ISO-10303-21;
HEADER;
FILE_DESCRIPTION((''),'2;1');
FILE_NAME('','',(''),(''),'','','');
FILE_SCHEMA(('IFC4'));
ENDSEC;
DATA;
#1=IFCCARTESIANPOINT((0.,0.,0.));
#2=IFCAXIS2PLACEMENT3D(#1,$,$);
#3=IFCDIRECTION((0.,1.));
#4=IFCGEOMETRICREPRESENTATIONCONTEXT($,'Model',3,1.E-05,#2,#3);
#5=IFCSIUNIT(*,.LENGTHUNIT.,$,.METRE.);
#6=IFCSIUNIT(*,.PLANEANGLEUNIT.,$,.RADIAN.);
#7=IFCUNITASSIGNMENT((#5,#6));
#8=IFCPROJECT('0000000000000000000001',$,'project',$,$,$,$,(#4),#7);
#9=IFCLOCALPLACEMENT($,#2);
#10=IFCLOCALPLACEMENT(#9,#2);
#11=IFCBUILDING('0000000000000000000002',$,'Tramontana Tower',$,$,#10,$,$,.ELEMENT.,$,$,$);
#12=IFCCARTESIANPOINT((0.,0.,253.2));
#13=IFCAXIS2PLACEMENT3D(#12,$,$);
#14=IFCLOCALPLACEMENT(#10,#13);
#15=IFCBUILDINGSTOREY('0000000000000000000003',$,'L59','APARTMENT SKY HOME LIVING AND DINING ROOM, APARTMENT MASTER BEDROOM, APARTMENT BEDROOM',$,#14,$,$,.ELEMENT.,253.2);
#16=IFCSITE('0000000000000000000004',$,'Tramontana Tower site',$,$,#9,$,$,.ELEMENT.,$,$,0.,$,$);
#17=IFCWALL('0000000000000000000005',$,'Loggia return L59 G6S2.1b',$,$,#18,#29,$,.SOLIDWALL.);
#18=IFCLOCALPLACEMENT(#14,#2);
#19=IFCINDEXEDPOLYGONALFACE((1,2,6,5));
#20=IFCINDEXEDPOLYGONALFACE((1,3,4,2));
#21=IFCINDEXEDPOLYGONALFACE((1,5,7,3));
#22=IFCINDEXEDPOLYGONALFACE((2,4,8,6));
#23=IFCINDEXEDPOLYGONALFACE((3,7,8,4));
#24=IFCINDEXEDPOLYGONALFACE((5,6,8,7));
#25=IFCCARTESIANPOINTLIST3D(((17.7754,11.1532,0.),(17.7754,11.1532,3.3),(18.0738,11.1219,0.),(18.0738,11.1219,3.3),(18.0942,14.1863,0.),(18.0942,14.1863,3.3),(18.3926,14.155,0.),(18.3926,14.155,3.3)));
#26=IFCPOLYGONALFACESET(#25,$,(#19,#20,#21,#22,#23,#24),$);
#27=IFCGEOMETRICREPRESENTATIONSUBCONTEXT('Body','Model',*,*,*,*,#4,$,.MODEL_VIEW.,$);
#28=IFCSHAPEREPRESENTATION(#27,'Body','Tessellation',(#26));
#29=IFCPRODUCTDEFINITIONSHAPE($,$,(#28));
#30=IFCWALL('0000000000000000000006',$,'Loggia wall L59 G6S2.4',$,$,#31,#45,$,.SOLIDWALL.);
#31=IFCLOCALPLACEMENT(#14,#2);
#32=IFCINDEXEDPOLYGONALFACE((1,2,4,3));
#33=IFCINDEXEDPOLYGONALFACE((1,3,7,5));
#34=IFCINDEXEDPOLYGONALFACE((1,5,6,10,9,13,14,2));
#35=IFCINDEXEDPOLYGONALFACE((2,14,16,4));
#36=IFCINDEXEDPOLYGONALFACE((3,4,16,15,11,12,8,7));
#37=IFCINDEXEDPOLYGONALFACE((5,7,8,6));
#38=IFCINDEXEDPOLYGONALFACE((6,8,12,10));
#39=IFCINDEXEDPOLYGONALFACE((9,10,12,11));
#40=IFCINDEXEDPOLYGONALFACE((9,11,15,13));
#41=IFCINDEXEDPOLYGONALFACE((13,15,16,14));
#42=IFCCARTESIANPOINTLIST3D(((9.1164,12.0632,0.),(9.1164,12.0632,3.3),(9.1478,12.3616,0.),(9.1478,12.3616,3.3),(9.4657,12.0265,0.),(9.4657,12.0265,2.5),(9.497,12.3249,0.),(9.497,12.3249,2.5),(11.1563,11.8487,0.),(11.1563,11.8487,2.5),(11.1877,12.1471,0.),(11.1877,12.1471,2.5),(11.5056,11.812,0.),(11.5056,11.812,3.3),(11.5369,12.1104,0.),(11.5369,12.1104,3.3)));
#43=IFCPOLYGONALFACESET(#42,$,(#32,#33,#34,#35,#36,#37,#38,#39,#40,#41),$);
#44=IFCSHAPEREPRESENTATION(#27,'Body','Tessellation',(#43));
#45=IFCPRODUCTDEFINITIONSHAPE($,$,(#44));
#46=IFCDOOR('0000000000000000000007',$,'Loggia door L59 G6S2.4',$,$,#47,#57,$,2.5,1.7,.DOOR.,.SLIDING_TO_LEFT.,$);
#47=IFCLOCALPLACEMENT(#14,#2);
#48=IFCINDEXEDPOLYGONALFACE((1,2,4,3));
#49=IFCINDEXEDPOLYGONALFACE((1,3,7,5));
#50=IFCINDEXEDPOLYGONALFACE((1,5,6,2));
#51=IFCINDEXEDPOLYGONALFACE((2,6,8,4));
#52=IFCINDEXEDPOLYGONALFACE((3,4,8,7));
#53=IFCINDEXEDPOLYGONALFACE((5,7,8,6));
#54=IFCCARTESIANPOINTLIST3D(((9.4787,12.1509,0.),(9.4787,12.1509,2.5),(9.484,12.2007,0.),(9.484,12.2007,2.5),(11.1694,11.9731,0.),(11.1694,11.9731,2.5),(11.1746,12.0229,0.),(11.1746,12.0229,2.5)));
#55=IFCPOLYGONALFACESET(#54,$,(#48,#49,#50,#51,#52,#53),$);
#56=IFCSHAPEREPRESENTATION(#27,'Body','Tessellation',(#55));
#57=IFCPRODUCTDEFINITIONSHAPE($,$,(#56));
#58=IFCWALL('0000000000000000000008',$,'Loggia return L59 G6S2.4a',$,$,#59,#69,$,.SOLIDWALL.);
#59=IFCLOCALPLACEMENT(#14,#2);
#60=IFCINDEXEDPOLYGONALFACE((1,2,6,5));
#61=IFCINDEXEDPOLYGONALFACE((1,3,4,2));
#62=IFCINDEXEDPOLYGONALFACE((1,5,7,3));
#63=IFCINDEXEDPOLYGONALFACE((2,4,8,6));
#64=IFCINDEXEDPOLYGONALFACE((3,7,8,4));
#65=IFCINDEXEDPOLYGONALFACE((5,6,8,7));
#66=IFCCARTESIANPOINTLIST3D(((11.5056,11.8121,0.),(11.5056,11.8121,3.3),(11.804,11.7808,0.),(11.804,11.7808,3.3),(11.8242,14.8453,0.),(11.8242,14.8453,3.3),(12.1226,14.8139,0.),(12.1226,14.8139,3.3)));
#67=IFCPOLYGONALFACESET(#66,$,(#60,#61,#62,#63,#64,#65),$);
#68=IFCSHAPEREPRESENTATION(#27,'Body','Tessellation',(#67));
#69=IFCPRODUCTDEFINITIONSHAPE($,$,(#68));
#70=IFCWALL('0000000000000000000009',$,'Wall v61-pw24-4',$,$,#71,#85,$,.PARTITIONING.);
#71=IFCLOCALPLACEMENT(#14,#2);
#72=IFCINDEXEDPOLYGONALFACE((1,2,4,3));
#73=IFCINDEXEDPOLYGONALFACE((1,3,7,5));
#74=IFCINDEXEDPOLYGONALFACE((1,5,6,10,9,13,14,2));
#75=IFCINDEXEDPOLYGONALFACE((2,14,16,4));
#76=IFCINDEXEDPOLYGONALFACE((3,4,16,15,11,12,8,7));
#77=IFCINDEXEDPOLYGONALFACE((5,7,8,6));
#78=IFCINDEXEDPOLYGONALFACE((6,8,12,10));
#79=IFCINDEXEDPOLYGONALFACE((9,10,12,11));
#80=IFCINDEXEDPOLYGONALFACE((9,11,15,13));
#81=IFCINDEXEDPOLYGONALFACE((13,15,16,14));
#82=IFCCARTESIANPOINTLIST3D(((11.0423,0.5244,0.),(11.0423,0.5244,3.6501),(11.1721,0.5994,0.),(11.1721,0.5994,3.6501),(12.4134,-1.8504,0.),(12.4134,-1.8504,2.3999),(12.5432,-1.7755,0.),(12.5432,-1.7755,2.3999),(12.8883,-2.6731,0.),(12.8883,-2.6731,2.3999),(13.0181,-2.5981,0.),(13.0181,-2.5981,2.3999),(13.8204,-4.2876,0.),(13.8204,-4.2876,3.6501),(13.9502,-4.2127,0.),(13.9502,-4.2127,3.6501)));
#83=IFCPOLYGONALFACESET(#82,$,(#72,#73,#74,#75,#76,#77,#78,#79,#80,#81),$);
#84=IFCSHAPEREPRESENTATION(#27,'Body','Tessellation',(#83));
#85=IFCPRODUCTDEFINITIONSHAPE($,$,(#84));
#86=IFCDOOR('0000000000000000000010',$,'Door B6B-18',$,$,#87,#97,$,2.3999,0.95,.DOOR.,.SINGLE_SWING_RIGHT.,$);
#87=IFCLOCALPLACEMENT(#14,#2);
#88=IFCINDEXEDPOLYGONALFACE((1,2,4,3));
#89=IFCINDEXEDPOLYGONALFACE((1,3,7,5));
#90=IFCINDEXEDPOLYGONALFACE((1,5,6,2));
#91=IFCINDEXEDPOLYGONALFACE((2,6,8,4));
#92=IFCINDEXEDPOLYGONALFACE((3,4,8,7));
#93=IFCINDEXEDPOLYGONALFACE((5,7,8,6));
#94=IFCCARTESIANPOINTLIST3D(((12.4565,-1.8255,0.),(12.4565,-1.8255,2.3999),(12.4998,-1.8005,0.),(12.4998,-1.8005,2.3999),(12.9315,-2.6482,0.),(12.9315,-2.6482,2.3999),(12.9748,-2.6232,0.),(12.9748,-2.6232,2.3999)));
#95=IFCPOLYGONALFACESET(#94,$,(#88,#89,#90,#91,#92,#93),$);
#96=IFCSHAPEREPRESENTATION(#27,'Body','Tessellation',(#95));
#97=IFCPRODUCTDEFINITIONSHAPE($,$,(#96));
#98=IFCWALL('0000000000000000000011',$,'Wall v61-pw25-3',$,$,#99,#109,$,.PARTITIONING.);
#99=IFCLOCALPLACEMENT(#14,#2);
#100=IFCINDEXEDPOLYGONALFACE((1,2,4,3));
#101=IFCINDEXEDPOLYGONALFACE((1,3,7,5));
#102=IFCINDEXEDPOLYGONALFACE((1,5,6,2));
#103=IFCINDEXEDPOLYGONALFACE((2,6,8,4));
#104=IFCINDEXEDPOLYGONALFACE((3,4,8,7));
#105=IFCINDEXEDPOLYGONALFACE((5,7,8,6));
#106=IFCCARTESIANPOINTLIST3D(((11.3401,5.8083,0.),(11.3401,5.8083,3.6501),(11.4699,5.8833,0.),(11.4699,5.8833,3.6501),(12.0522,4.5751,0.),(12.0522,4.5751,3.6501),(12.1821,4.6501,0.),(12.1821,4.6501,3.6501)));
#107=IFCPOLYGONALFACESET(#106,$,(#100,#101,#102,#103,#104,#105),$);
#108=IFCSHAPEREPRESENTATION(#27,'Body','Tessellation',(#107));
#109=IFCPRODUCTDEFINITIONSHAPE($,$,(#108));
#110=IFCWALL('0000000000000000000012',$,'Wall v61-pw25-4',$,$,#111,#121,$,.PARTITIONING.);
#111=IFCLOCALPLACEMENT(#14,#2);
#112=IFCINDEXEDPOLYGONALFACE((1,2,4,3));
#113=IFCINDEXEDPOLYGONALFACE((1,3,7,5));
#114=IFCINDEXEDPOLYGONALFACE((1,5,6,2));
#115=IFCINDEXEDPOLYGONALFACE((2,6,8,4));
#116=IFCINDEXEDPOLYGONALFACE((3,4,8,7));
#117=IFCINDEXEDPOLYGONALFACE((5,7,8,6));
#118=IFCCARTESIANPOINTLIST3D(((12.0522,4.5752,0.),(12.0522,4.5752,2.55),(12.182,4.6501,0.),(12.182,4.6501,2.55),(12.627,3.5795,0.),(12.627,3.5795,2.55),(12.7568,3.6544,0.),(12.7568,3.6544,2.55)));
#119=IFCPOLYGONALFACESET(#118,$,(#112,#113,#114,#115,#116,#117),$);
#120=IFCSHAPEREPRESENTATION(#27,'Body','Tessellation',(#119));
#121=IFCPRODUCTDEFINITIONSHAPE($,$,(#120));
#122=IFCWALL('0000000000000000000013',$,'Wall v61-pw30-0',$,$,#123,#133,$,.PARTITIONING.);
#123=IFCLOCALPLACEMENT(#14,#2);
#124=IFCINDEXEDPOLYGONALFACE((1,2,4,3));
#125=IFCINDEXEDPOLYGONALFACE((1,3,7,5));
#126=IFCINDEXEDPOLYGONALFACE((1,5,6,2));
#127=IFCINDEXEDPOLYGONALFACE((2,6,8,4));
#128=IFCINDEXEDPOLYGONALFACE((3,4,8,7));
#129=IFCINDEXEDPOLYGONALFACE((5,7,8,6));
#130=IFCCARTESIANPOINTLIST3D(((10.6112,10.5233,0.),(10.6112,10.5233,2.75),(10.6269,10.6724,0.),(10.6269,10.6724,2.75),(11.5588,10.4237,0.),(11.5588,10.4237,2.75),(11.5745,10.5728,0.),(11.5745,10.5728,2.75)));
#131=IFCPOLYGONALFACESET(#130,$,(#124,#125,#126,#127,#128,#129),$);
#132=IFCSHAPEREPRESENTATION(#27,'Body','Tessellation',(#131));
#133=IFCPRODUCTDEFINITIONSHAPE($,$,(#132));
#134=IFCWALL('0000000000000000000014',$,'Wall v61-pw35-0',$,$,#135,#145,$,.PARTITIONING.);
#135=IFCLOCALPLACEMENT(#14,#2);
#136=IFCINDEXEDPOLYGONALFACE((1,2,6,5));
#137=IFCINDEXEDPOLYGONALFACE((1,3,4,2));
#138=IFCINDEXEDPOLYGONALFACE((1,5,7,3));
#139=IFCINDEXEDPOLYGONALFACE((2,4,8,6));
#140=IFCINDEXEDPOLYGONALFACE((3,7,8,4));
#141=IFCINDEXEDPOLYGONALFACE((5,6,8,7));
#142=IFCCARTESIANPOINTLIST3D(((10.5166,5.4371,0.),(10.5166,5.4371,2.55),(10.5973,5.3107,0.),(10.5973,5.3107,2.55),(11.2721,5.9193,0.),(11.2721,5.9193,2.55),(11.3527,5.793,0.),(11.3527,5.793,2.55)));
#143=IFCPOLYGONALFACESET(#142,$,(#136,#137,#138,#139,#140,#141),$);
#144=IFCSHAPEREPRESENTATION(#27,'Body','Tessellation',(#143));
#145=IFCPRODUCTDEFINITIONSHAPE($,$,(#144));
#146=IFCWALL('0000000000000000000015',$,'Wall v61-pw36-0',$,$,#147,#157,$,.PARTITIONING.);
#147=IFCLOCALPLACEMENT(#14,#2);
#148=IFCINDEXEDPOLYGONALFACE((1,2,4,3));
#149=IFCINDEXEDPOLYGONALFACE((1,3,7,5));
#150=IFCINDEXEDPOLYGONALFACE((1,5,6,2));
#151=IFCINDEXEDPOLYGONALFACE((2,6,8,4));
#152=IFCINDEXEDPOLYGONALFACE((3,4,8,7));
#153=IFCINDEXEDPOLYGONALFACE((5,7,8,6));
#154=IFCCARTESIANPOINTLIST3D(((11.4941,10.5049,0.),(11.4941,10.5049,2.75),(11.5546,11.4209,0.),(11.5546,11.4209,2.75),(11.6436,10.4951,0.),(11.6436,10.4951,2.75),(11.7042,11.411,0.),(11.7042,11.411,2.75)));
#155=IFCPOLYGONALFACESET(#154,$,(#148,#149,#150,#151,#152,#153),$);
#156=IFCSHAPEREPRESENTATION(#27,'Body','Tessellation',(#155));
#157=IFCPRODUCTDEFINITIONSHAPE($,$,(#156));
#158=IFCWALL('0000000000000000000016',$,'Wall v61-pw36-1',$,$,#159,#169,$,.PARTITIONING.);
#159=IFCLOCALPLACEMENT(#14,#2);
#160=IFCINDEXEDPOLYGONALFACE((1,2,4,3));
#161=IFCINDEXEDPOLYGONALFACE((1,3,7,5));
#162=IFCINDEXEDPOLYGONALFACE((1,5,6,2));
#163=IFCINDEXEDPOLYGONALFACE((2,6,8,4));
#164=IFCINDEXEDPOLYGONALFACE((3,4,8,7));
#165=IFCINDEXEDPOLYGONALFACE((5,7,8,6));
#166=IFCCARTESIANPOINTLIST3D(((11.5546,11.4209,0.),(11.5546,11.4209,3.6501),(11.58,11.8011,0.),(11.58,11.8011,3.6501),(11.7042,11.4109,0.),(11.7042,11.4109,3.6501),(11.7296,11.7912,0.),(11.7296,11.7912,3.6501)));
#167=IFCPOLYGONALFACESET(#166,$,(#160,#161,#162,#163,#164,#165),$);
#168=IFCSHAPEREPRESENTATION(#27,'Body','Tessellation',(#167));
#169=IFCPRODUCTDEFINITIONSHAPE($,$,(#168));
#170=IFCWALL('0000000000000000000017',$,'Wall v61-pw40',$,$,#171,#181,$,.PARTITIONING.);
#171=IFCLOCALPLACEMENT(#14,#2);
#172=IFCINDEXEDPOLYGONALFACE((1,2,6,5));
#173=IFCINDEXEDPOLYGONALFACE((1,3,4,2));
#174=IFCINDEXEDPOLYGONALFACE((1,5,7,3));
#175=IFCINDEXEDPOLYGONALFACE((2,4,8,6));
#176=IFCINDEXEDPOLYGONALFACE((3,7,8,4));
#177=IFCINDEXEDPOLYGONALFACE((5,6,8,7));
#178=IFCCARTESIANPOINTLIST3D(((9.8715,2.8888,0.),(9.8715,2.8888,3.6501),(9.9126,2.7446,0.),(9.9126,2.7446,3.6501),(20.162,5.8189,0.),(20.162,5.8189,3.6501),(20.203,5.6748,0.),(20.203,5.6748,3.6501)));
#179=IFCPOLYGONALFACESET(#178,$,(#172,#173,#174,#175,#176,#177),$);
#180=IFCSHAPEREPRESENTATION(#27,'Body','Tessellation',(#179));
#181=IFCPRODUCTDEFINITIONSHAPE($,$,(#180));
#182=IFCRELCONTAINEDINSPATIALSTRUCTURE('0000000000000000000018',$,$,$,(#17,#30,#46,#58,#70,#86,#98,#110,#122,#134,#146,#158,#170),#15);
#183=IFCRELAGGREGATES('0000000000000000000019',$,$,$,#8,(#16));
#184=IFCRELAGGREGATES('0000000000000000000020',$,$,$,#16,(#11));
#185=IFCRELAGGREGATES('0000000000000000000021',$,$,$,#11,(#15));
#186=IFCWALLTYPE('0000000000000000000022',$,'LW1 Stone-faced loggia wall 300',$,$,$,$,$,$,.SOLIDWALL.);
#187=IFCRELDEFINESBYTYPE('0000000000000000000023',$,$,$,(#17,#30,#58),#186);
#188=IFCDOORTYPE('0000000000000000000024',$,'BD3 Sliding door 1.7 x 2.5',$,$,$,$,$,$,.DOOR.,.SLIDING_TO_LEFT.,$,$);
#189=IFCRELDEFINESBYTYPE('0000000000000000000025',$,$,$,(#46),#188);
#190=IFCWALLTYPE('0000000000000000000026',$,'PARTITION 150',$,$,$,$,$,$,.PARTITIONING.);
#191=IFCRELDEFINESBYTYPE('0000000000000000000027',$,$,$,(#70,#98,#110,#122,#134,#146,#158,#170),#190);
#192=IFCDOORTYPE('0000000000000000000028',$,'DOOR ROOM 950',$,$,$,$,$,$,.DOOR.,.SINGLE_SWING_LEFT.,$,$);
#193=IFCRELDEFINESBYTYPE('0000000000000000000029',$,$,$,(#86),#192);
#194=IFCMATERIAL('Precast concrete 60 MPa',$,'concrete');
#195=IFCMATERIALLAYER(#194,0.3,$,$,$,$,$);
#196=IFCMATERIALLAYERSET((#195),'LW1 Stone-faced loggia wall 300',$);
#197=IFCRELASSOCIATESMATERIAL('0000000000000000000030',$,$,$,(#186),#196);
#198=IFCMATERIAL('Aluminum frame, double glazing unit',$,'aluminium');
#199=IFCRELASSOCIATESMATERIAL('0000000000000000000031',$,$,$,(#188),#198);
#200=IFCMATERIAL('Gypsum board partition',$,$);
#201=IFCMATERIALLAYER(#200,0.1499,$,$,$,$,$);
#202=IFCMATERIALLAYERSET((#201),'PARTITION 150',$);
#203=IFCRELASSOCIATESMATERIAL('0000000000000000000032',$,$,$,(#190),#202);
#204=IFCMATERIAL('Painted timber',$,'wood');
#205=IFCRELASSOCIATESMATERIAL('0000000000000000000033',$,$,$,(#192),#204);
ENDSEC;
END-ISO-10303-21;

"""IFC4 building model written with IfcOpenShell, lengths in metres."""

from ifc_helpers import new_model, si_unit, direction, frame, frame_2d, origin, place, context, subcontext, project, spatial, rectangle, extrude, material, layer, layer_set, type_object, element, fill, save


model = new_model("IFC4")

# Units and contexts
model_context = context("Model", 3, precision=1e-05, world=origin(), true_north=direction((0.0, 1.0)))
body_context = subcontext(model_context, "Body", "Model", "MODEL_VIEW")
ifc_project = project(units=[si_unit("LENGTHUNIT", "METRE"), si_unit("PLANEANGLEUNIT", "RADIAN")], contexts=[model_context])

# Site, building, storey
site_placement = place(None, origin())
site = spatial("IfcSite", under=ifc_project, at=site_placement, Name="Tramontana Tower site", CompositionType="ELEMENT", RefElevation=0.0)
building_placement = place(site_placement, origin())
building = spatial("IfcBuilding", under=site, at=building_placement, Name="Tramontana Tower", CompositionType="ELEMENT")
storey_placement = place(building_placement, frame((0.0, 0.0, 253.2)))
storey = spatial("IfcBuildingStorey", under=building, at=storey_placement, Name="L59", Description="APARTMENT SKY HOME LIVING AND DINING ROOM, APARTMENT MASTER BEDROOM, APARTMENT BEDROOM", CompositionType="ELEMENT", Elevation=253.2)

# Shared definitions
ifc_material_1 = material(Name="Precast concrete 60 MPa", Category="concrete")
ifc_layer_1 = layer(ifc_material_1, 0.3)
ifc_layer_set_1 = layer_set([ifc_layer_1], Name="LW1 Stone-faced loggia wall 300")
wall_type_1 = type_object("IfcWallType", Name="LW1 Stone-faced loggia wall 300", PredefinedType="SOLIDWALL", material=ifc_layer_set_1)
ifc_material_2 = material(Name="Aluminum frame, double glazing unit", Category="aluminium")
door_type_1 = type_object("IfcDoorType", Name="BD3 Sliding door 1.7 x 2.5", OperationType="SLIDING_TO_LEFT", PredefinedType="DOOR", material=ifc_material_2)

# Wall
wall_1_placement = place(storey_placement, frame((18.2434, 14.1707, 0.0), z_axis=(0.0, 0.0, 1.0), x_axis=(-0.104543, -0.99452, 0.0)))
element("IfcWall", 1, at=wall_1_placement, inside=storey, type_object=wall_type_1, Name="Loggia return L59 G6S2.1b", PredefinedType="SOLIDWALL", context=body_context, shape_type="SweptSolid", body=[
    extrude(rectangle(XDim=3.0498, YDim=0.3, at=frame_2d((1.5249, 0.0))), origin(), (0.0, 0.0, 1.0), 3.3),
])

# Wall, opening, door
wall_2_placement = place(storey_placement, frame((11.5212, 11.9612, 0.0), z_axis=(0.0, 0.0, 1.0), x_axis=(-0.994517, 0.104574, 0.0)))
wall_2 = element("IfcWall", 2, at=wall_2_placement, inside=storey, type_object=wall_type_1, Name="Loggia wall L59 G6S2.4", PredefinedType="SOLIDWALL", context=body_context, shape_type="SweptSolid", body=[
    extrude(rectangle(XDim=2.4023, YDim=0.3, at=frame_2d((1.2012, 0.0))), origin(), (0.0, 0.0, 1.0), 3.3),
])
opening_1_placement = place(wall_2_placement, frame((0.3511, 0.0, 0.0)))
opening_1 = element("IfcOpeningElement", 3, at=opening_1_placement, cuts=wall_2, PredefinedType="OPENING", context=body_context, shape_type="SweptSolid", body=[
    extrude(rectangle(XDim=1.7, YDim=2.5, at=frame_2d((0.8501, 1.25))), frame((0.0, 0.1599, 0.0), z_axis=(0.0, -1.0, 0.0), x_axis=(1.0, 0.0, 0.0)), (0.0, 0.0, 1.0), 0.3201),
])
door_1_placement = place(opening_1_placement, origin())
door_1 = element("IfcDoor", 4, at=door_1_placement, inside=storey, type_object=door_type_1, Name="Loggia door L59 G6S2.4", OperationType="SLIDING_TO_LEFT", OverallHeight=2.5, OverallWidth=1.7, PredefinedType="DOOR", context=body_context, shape_type="SweptSolid", body=[
    extrude(rectangle(XDim=1.7, YDim=2.5, at=frame_2d((0.8501, 1.25))), frame((0.0, 0.0249, 0.0), z_axis=(0.0, -1.0, 0.0), x_axis=(1.0, 0.0, 0.0)), (0.0, 0.0, 1.0), 0.05),
])
fill(opening_1, door_1)

# Wall
wall_3_placement = place(storey_placement, frame((11.9734, 14.8296, 0.0), z_axis=(0.0, 0.0, 1.0), x_axis=(-0.104464, -0.994529, 0.0)))
element("IfcWall", 5, at=wall_3_placement, inside=storey, type_object=wall_type_1, Name="Loggia return L59 G6S2.4a", PredefinedType="SOLIDWALL", context=body_context, shape_type="SweptSolid", body=[
    extrude(rectangle(XDim=3.0498, YDim=0.3, at=frame_2d((1.5249, 0.0))), origin(), (0.0, 0.0, 1.0), 3.3),
])

# Wall, opening, door
ifc_material_3 = material(Name="Gypsum board partition")
ifc_layer_2 = layer(ifc_material_3, 0.1499)
ifc_layer_set_2 = layer_set([ifc_layer_2], Name="PARTITION 150")
wall_type_2 = type_object("IfcWallType", Name="PARTITION 150", PredefinedType="PARTITIONING", material=ifc_layer_set_2)
wall_4_placement = place(storey_placement, frame((11.1072, 0.562, 0.0), z_axis=(0.0, 0.0, 1.0), x_axis=(0.499981, -0.866036, 0.0)))
wall_4 = element("IfcWall", 6, at=wall_4_placement, inside=storey, type_object=wall_type_2, Name="Wall v61-pw24-4", PredefinedType="PARTITIONING", context=body_context, shape_type="SweptSolid", body=[
    extrude(rectangle(XDim=5.5564, YDim=0.1499, at=frame_2d((2.7783, 0.0))), origin(), (0.0, 0.0, 1.0), 3.6501),
])
opening_2_placement = place(wall_4_placement, frame((2.7422, 0.0, 0.0)))
opening_2 = element("IfcOpeningElement", 7, at=opening_2_placement, cuts=wall_4, PredefinedType="OPENING", context=body_context, shape_type="SweptSolid", body=[
    extrude(rectangle(XDim=0.95, YDim=2.3999, at=frame_2d((0.4751, 1.2))), frame((0.0, 0.085, 0.0), z_axis=(0.0, -1.0, 0.0), x_axis=(1.0, 0.0, 0.0)), (0.0, 0.0, 1.0), 0.1699),
])
ifc_material_4 = material(Name="Painted timber", Category="wood")
door_type_2 = type_object("IfcDoorType", Name="DOOR ROOM 950", OperationType="SINGLE_SWING_LEFT", PredefinedType="DOOR", material=ifc_material_4)
door_2_placement = place(opening_2_placement, origin())
door_2 = element("IfcDoor", 8, at=door_2_placement, inside=storey, type_object=door_type_2, Name="Door B6B-18", OperationType="SINGLE_SWING_RIGHT", OverallHeight=2.3999, OverallWidth=0.95, PredefinedType="DOOR", context=body_context, shape_type="SweptSolid", body=[
    extrude(rectangle(XDim=0.95, YDim=2.3999, at=frame_2d((0.4751, 1.2))), frame((0.0, 0.0249, 0.0), z_axis=(0.0, -1.0, 0.0), x_axis=(1.0, 0.0, 0.0)), (0.0, 0.0, 1.0), 0.05),
])
fill(opening_2, door_2)

# Walls
wall_5_placement = place(storey_placement, frame((11.405, 5.8457, 0.0), z_axis=(0.0, 0.0, 1.0), x_axis=(0.500103, -0.865966, 0.0)))
element("IfcWall", 9, at=wall_5_placement, inside=storey, type_object=wall_type_2, Name="Wall v61-pw25-3", PredefinedType="PARTITIONING", context=body_context, shape_type="SweptSolid", body=[
    extrude(rectangle(XDim=1.4241, YDim=0.1499, at=frame_2d((0.7119, 0.0))), origin(), (0.0, 0.0, 1.0), 3.6501),
])
wall_6_placement = place(storey_placement, frame((12.1172, 4.6125, 0.0), z_axis=(0.0, 0.0, 1.0), x_axis=(0.499931, -0.866065, 0.0)))
element("IfcWall", 10, at=wall_6_placement, inside=storey, type_object=wall_type_2, Name="Wall v61-pw25-4", PredefinedType="PARTITIONING", context=body_context, shape_type="SweptSolid", body=[
    extrude(rectangle(XDim=1.1497, YDim=0.1499, at=frame_2d((0.5747, 0.0))), origin(), (0.0, 0.0, 1.0), 2.55),
])
wall_7_placement = place(storey_placement, frame((10.6189, 10.5979, 0.0), z_axis=(0.0, 0.0, 1.0), x_axis=(0.994522, -0.104525, 0.0)))
element("IfcWall", 11, at=wall_7_placement, inside=storey, type_object=wall_type_2, Name="Wall v61-pw30-0", PredefinedType="PARTITIONING", context=body_context, shape_type="SweptSolid", body=[
    extrude(rectangle(XDim=0.9529, YDim=0.1499, at=frame_2d((0.4766, 0.0))), origin(), (0.0, 0.0, 1.0), 2.75),
])
wall_8_placement = place(storey_placement, frame((11.3125, 5.8562, 0.0), z_axis=(0.0, 0.0, 1.0), x_axis=(-0.842909, -0.538056, 0.0)))
element("IfcWall", 12, at=wall_8_placement, inside=storey, type_object=wall_type_2, Name="Wall v61-pw35-0", PredefinedType="PARTITIONING", context=body_context, shape_type="SweptSolid", body=[
    extrude(rectangle(XDim=0.8962, YDim=0.1499, at=frame_2d((0.4482, 0.0))), origin(), (0.0, 0.0, 1.0), 2.55),
])

# Walls
wall_9_placement = place(storey_placement, frame((11.5688, 10.5, 0.0), z_axis=(0.0, 0.0, 1.0), x_axis=(0.065954, 0.997823, 0.0)))
element("IfcWall", 13, at=wall_9_placement, inside=storey, type_object=wall_type_2, Name="Wall v61-pw36-0", PredefinedType="PARTITIONING", context=body_context, shape_type="SweptSolid", body=[
    extrude(rectangle(XDim=0.918, YDim=0.1499, at=frame_2d((0.459, 0.0))), origin(), (0.0, 0.0, 1.0), 2.75),
])
wall_10_placement = place(storey_placement, frame((11.6294, 11.416, 0.0), z_axis=(0.0, 0.0, 1.0), x_axis=(0.066604, 0.997779, 0.0)))
element("IfcWall", 14, at=wall_10_placement, inside=storey, type_object=wall_type_2, Name="Wall v61-pw36-1", PredefinedType="PARTITIONING", context=body_context, shape_type="SweptSolid", body=[
    extrude(rectangle(XDim=0.3811, YDim=0.1499, at=frame_2d((0.1904, 0.0))), origin(), (0.0, 0.0, 1.0), 3.6501),
])
wall_11_placement = place(storey_placement, frame((20.1824, 5.7468, 0.0), z_axis=(0.0, 0.0, 1.0), x_axis=(-0.96177, -0.273859, 0.0)))
element("IfcWall", 15, at=wall_11_placement, inside=storey, type_object=wall_type_2, Name="Wall v61-pw40", PredefinedType="PARTITIONING", context=body_context, shape_type="SweptSolid", body=[
    extrude(rectangle(XDim=10.6995, YDim=0.1499, at=frame_2d((5.3496, 0.0))), origin(), (0.0, 0.0, 1.0), 3.6501),
])

save(model, "model.ifc")
